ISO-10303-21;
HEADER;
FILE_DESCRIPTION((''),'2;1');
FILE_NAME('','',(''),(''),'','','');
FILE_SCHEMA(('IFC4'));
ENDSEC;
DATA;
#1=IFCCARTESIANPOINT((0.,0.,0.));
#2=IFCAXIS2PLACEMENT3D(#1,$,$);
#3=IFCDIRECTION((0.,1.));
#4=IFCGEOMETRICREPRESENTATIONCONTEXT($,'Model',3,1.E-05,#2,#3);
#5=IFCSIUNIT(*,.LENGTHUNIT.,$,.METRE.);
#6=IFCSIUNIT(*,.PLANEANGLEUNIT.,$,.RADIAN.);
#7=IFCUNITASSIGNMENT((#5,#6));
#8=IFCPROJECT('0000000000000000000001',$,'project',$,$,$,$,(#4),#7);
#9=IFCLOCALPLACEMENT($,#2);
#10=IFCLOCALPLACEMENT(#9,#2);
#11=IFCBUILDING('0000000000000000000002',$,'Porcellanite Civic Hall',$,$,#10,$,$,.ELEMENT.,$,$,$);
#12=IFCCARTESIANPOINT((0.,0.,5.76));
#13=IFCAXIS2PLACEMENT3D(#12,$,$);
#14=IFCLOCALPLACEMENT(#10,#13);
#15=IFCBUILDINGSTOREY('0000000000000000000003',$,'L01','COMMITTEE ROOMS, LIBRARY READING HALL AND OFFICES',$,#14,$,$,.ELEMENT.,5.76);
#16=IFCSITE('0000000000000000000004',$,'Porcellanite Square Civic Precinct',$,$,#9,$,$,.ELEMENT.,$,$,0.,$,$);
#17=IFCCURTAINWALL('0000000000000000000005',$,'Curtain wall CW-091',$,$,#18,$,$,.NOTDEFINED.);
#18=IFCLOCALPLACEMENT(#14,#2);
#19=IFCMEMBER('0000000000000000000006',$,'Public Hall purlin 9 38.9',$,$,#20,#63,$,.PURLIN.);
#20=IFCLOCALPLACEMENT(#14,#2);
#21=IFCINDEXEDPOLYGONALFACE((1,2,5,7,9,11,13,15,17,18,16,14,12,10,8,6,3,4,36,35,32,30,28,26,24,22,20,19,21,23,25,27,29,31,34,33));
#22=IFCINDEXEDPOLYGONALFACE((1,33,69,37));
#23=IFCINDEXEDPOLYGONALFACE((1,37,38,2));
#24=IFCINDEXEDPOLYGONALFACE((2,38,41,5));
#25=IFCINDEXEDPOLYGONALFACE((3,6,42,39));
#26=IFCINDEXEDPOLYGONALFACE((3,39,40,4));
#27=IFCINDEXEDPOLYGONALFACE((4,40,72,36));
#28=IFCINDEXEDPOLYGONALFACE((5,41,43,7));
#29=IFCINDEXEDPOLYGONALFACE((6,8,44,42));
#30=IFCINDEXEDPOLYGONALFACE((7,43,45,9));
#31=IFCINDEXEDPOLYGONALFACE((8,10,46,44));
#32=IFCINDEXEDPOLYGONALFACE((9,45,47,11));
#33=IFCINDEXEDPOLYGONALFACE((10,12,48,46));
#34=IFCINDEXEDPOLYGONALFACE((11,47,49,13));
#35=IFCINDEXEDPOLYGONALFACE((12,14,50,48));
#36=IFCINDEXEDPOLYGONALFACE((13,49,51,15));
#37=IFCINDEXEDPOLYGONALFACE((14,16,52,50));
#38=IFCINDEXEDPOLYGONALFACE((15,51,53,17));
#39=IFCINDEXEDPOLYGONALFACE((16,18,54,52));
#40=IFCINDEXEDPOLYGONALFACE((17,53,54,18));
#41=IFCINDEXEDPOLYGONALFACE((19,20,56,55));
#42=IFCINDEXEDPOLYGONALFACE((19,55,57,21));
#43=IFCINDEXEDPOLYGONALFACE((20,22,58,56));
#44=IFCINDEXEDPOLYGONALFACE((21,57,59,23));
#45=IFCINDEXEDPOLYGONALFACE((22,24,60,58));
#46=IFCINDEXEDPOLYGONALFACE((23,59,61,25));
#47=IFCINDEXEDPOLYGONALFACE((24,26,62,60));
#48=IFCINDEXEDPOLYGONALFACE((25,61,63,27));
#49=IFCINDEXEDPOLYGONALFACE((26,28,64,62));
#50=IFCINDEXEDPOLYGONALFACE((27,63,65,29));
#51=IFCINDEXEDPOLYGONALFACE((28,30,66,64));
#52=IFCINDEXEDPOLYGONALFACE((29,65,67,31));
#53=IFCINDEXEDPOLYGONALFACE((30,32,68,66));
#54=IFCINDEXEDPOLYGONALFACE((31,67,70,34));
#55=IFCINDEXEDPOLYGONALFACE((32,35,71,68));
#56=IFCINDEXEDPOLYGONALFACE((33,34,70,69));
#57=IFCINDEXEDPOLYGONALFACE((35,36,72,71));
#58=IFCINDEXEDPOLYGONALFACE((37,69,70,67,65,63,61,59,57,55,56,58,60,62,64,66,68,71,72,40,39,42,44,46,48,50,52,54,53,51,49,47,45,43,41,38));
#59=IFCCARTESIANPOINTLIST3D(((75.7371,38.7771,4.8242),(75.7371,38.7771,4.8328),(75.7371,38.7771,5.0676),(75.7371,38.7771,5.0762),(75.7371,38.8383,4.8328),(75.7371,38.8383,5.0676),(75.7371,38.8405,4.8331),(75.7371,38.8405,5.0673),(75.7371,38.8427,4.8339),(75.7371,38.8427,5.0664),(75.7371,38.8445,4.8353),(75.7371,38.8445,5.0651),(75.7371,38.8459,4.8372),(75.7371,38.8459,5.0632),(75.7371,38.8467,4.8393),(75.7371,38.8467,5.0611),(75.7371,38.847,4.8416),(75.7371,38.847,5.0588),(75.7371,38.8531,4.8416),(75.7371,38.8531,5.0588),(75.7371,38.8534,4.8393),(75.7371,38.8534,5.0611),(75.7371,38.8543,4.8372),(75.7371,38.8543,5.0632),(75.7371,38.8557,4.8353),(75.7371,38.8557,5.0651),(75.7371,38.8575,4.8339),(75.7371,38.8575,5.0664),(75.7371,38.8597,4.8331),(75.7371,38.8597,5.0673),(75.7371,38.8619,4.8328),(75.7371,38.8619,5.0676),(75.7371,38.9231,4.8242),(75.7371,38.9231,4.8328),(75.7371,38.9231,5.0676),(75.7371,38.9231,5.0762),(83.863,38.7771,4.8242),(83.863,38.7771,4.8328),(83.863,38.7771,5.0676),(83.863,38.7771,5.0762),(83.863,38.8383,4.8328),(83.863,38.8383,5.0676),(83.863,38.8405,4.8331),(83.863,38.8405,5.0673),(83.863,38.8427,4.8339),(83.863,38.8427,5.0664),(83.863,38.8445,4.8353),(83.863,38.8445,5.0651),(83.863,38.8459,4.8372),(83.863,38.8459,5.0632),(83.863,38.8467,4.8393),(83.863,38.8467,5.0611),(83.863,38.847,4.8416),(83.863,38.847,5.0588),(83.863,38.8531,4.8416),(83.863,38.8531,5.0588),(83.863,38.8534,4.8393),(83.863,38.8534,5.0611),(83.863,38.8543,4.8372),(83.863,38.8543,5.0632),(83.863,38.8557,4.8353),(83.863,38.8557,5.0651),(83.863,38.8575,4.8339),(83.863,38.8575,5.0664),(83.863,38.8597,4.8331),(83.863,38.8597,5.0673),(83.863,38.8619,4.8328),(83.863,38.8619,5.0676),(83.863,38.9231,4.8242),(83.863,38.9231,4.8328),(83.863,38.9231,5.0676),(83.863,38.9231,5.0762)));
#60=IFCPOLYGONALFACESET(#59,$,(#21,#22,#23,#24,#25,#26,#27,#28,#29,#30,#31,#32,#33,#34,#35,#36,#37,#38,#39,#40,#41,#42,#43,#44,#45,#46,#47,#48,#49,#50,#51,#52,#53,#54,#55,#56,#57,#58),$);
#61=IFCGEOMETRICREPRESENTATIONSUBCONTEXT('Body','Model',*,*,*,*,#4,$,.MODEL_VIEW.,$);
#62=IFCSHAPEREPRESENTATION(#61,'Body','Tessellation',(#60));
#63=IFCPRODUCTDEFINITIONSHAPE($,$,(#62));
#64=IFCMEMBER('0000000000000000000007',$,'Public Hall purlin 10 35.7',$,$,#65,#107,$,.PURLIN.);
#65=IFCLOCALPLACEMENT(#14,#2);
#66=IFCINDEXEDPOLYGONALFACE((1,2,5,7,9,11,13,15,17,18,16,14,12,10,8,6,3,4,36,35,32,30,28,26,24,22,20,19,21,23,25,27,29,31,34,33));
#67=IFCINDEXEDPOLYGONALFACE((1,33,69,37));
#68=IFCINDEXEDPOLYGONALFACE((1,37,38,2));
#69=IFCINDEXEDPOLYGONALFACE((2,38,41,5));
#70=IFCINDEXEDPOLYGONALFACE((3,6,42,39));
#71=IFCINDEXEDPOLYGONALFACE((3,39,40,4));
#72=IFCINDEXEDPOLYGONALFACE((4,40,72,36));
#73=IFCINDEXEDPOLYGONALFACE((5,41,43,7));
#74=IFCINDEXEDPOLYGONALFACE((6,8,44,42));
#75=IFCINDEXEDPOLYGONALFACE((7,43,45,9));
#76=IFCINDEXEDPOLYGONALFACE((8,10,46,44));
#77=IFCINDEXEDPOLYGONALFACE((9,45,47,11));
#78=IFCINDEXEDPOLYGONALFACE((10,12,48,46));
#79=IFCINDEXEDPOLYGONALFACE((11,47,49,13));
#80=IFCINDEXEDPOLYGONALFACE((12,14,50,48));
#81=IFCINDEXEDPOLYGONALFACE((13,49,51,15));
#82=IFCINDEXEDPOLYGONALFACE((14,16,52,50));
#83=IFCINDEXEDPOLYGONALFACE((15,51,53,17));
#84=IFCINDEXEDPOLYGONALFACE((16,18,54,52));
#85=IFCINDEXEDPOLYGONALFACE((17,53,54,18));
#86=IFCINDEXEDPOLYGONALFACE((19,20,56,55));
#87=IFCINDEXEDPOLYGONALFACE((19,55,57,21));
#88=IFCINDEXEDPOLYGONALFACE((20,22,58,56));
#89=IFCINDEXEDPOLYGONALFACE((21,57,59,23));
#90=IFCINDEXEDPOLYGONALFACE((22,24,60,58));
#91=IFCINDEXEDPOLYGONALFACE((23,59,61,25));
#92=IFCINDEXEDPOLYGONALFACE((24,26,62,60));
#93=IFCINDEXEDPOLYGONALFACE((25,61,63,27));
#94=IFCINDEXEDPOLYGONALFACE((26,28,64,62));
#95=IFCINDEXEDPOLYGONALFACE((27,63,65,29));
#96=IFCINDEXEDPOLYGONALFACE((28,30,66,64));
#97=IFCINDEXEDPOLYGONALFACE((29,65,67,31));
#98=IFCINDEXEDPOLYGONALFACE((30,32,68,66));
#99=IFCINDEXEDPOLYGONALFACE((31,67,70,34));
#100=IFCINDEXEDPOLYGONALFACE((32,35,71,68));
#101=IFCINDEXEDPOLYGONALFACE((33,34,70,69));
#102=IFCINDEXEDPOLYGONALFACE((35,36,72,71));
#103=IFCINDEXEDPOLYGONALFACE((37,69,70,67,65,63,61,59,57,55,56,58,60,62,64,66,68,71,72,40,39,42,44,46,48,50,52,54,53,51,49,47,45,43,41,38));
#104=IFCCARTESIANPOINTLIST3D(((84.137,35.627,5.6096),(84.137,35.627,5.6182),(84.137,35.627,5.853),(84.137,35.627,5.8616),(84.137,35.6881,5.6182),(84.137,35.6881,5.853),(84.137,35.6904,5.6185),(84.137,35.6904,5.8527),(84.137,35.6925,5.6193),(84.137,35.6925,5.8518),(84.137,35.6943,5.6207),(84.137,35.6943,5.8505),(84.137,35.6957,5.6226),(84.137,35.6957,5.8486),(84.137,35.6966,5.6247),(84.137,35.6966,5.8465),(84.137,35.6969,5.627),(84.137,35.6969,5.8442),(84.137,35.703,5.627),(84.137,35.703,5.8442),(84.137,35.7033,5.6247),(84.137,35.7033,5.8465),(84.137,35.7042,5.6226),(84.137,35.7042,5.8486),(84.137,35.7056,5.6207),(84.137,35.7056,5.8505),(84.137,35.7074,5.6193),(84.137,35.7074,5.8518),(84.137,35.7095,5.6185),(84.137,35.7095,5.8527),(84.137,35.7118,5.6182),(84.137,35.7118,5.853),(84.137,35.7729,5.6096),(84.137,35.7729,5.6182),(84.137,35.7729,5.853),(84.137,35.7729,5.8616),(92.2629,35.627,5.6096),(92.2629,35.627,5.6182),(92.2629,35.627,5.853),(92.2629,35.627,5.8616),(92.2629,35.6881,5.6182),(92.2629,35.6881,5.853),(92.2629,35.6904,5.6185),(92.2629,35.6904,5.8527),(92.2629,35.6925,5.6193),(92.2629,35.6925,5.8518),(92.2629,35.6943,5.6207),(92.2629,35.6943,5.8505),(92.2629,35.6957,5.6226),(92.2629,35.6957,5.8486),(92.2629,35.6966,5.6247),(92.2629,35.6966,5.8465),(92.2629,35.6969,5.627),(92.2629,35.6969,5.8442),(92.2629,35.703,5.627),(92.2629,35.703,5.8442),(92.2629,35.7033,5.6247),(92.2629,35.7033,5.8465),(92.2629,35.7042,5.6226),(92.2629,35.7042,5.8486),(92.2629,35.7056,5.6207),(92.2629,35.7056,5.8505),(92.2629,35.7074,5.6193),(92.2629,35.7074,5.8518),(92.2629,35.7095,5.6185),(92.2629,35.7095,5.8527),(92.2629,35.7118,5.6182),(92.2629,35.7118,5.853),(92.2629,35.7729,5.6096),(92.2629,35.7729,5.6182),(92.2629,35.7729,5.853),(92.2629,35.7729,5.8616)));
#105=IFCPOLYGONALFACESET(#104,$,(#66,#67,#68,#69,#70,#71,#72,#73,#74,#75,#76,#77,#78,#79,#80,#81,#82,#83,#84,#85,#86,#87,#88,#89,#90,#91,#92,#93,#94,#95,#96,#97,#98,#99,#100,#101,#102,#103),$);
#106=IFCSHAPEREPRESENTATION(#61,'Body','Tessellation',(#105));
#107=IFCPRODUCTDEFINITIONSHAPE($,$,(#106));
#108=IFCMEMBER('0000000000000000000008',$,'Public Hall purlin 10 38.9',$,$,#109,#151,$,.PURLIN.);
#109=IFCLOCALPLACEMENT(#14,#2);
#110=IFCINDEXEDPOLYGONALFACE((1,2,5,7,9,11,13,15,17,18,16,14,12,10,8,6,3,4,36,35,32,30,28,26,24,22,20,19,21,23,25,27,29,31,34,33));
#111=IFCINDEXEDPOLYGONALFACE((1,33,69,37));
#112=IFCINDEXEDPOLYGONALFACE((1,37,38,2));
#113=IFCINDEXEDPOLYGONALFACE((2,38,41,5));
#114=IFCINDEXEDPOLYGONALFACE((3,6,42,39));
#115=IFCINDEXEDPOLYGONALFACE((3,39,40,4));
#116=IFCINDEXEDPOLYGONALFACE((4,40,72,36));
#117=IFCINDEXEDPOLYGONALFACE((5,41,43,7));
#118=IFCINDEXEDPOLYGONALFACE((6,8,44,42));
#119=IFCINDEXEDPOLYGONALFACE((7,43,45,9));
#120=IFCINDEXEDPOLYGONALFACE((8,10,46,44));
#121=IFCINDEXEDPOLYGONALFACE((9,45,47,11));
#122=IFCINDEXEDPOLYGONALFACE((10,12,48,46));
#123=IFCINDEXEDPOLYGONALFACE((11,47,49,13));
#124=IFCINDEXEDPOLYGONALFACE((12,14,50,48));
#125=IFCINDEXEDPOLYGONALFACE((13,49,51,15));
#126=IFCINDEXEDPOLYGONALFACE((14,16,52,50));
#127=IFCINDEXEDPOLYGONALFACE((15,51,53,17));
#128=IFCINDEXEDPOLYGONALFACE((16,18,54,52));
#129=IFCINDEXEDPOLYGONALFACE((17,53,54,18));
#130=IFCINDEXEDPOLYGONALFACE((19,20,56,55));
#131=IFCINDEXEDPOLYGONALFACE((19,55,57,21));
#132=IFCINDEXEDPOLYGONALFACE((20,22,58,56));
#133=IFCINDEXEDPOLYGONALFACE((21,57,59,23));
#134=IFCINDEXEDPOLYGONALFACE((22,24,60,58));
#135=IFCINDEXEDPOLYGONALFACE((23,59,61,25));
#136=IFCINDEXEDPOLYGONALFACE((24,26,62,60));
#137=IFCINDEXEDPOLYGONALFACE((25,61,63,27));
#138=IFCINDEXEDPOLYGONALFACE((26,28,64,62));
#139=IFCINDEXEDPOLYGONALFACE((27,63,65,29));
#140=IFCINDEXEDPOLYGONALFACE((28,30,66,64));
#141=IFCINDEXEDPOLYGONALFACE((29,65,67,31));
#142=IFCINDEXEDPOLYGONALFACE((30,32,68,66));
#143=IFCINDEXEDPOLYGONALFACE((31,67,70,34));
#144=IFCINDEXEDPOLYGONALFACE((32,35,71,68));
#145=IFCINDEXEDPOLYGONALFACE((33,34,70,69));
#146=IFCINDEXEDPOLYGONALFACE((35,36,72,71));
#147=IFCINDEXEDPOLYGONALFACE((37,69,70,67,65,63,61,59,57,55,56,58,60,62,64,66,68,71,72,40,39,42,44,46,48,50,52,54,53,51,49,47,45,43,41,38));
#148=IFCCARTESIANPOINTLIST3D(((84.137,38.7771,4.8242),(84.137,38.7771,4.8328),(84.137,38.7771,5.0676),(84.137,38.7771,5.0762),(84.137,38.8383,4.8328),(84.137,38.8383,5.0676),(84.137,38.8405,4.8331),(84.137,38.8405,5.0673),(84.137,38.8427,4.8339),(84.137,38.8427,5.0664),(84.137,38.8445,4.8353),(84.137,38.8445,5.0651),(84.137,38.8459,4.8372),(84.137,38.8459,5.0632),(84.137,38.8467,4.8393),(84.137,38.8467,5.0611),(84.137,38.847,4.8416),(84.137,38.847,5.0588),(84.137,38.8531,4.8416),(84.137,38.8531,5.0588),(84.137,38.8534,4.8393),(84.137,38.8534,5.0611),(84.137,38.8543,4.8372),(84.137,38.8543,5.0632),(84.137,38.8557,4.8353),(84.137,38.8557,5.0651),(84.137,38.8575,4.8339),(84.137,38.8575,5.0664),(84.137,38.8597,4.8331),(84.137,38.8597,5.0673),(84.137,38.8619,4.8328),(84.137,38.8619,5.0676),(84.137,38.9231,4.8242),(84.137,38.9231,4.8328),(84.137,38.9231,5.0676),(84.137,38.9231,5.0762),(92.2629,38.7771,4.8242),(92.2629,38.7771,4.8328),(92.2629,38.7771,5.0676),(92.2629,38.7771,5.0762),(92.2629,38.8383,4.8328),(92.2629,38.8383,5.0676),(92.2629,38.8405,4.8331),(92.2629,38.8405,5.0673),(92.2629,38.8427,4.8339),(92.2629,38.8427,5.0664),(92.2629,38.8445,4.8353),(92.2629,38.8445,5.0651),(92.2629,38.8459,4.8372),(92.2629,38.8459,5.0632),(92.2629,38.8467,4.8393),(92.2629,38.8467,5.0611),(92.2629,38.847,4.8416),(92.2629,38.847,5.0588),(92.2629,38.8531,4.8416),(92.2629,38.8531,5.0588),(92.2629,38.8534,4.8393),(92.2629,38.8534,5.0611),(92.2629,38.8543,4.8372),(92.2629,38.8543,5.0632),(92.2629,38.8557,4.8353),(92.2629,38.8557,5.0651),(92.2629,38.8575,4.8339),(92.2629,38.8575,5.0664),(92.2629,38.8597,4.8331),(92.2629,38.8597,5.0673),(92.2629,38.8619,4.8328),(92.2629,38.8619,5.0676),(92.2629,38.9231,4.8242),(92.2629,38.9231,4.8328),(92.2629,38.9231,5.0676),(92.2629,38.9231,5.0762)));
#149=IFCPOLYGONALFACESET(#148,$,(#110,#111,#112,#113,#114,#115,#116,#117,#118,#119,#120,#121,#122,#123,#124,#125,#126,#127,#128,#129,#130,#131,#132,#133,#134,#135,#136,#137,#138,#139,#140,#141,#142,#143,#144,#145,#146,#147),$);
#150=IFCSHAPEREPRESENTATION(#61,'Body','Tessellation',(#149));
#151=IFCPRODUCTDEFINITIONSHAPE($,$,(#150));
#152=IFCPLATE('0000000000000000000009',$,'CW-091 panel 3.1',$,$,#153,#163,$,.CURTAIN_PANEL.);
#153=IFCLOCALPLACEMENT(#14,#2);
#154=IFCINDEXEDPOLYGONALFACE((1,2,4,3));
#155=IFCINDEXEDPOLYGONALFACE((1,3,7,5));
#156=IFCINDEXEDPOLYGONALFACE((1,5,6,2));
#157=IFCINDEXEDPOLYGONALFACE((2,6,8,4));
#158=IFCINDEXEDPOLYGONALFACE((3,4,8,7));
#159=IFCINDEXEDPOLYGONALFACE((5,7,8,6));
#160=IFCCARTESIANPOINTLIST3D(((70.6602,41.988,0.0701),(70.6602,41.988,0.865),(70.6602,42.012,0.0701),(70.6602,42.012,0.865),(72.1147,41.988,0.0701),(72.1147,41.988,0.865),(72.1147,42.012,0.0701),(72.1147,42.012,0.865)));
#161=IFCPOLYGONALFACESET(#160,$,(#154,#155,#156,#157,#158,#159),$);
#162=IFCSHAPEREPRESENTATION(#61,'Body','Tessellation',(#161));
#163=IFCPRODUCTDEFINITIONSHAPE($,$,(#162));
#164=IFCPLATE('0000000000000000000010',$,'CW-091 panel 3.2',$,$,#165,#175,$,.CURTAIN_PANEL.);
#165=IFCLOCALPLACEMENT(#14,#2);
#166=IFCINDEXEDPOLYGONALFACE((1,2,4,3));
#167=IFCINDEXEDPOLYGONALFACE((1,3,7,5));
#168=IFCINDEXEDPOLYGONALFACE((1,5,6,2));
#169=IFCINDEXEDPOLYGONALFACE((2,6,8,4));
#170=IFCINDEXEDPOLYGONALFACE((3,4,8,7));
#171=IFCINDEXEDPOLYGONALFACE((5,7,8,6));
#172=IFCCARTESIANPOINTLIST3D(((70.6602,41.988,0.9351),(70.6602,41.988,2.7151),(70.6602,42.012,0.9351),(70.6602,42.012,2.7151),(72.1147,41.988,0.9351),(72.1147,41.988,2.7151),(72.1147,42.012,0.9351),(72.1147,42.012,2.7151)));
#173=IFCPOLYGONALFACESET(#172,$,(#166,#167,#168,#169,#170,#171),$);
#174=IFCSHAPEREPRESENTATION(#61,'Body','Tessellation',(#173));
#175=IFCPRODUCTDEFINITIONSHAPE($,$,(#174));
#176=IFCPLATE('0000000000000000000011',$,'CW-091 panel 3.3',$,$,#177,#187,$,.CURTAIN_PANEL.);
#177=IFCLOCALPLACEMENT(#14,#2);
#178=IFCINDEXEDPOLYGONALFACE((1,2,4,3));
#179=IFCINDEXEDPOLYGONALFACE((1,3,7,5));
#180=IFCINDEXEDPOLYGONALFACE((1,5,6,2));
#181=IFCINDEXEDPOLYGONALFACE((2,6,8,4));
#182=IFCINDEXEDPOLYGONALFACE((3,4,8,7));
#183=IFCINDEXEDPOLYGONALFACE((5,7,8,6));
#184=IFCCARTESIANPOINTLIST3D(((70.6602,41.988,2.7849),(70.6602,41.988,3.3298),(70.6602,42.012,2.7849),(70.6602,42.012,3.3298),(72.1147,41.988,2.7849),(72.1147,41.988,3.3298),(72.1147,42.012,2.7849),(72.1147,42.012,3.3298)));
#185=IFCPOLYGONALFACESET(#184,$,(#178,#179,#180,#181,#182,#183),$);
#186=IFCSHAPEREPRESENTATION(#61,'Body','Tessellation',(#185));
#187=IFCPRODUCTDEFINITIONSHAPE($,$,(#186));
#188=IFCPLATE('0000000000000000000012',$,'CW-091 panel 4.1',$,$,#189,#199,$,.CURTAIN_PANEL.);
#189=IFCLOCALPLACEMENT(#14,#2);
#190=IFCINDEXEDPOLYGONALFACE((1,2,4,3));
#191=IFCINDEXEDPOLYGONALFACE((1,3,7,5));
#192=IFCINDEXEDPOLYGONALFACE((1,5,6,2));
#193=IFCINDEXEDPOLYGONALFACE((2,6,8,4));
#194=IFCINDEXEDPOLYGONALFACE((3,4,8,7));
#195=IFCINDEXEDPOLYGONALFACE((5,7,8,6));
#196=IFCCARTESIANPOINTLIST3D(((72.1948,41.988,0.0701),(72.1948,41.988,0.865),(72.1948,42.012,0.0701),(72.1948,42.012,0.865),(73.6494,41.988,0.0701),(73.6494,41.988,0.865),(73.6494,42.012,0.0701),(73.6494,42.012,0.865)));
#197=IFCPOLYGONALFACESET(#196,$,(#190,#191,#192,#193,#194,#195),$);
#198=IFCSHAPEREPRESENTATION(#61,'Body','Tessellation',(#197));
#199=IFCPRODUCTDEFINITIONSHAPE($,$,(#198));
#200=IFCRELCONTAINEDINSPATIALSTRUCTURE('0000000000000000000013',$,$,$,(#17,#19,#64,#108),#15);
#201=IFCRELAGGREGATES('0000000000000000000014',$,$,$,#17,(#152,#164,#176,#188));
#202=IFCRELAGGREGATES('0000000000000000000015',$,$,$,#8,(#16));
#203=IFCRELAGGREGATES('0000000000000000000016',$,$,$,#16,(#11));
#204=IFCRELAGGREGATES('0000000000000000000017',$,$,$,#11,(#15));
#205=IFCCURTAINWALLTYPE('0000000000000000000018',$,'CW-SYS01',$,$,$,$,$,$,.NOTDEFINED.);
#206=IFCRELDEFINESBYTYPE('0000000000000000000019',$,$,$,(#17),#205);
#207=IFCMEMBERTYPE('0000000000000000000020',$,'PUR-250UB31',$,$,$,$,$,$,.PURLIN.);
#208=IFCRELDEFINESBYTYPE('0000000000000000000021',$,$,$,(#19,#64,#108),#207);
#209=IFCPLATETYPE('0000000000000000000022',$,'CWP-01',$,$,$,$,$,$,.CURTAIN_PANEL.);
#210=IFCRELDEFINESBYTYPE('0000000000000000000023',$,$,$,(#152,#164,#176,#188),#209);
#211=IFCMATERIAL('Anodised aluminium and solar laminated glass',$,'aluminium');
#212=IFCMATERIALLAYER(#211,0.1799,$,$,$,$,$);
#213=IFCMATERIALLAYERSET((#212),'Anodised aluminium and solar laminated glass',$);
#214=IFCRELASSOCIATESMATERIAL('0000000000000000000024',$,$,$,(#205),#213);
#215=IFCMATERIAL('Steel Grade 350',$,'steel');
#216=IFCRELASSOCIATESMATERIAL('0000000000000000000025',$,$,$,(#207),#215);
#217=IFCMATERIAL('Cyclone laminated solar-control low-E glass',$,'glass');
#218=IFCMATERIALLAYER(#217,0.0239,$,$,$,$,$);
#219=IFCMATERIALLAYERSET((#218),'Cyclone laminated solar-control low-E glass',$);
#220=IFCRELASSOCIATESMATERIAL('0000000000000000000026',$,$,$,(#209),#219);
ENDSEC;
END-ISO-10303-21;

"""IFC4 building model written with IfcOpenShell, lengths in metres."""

from ifc_helpers import new_model, si_unit, direction, frame, origin, origin_2d, place, context, subcontext, project, spatial, rectangle, i_section, extrude, material, layer, layer_set, material_profile, profile_set, type_object, element, aggregate, save


model = new_model("IFC4")

# Units and contexts
model_context = context("Model", 3, precision=1e-05, world=origin(), true_north=direction((0.0, 1.0)))
body_context = subcontext(model_context, "Body", "Model", "MODEL_VIEW")
ifc_project = project(units=[si_unit("LENGTHUNIT", "METRE"), si_unit("PLANEANGLEUNIT", "RADIAN")], contexts=[model_context])

# Site, building, storey
site_placement = place(None, origin())
site = spatial("IfcSite", under=ifc_project, at=site_placement, Name="Porcellanite Square Civic Precinct", CompositionType="ELEMENT", RefElevation=0.0)
building_placement = place(site_placement, origin())
building = spatial("IfcBuilding", under=site, at=building_placement, Name="Porcellanite Civic Hall", CompositionType="ELEMENT")
storey_placement = place(building_placement, frame((0.0, 0.0, 5.76)))
storey = spatial("IfcBuildingStorey", under=building, at=storey_placement, Name="L01", Description="COMMITTEE ROOMS, LIBRARY READING HALL AND OFFICES", CompositionType="ELEMENT", Elevation=5.76)

# Curtain wall
ifc_material_1 = material(Name="Anodised aluminium and solar laminated glass", Category="aluminium")
ifc_layer_1 = layer(ifc_material_1, 0.1799)
ifc_layer_set_1 = layer_set([ifc_layer_1], Name="Anodised aluminium and solar laminated glass")
curtain_wall_type = type_object("IfcCurtainWallType", Name="CW-SYS01", PredefinedType="NOTDEFINED", material=ifc_layer_set_1)
curtain_wall_1_placement = place(storey_placement, origin())
curtain_wall_1 = element("IfcCurtainWall", 1, at=curtain_wall_1_placement, inside=storey, type_object=curtain_wall_type, Name="Curtain wall CW-091", PredefinedType="NOTDEFINED")

# Members
ifc_material_2 = material(Name="Steel Grade 350", Category="steel")
ifc_material_profile_1 = material_profile(ifc_material_2, i_section(OverallWidth=0.146, OverallDepth=0.252, WebThickness=0.0061, FlangeThickness=0.0085, FilletRadius=0.0088, at=origin_2d()), Name="250UB31.4")
ifc_profile_set_1 = profile_set([ifc_material_profile_1], Name="Steel Grade 350")
member_type_1 = type_object("IfcMemberType", Name="PUR-250UB31", PredefinedType="PURLIN", material=ifc_profile_set_1)
for number, where, z_axis, x_axis, name in (
    (2, (75.7371, 38.8501, 4.9502), (1.0, 0.0, 0.0), (0.0, 1.0, 0.0), "Public Hall purlin 9 38.9"),
    (3, (84.137, 35.7, 5.7356), (1.0, 0.0, 0.0), (0.0, 1.0, 0.0), "Public Hall purlin 10 35.7"),
    (4, (84.137, 38.8501, 4.9502), (1.0, 0.0, 0.0), (0.0, 1.0, 0.0), "Public Hall purlin 10 38.9"),
):
    element("IfcMember", number, at=place(storey_placement, frame(where, z_axis=z_axis, x_axis=x_axis)), inside=storey, type_object=member_type_1, Name=name, PredefinedType="PURLIN", context=body_context, shape_type="SweptSolid", body=[
        extrude(i_section(OverallWidth=0.146, OverallDepth=0.252, WebThickness=0.0061, FlangeThickness=0.0085, FilletRadius=0.0088, at=origin_2d()), origin(), (0.0, 0.0, 1.0), 8.126),
    ])

# Plates
ifc_material_3 = material(Name="Cyclone laminated solar-control low-E glass", Category="glass")
ifc_layer_2 = layer(ifc_material_3, 0.0239)
ifc_layer_set_2 = layer_set([ifc_layer_2], Name="Cyclone laminated solar-control low-E glass")
plate_type = type_object("IfcPlateType", Name="CWP-01", PredefinedType="CURTAIN_PANEL", material=ifc_layer_set_2)
plate_1_placement = place(storey_placement, frame((71.3875, 42.0, 0.0701), z_axis=(0.0, 0.0, 1.0), x_axis=(1.0, 0.0, 0.0)))
plate_1 = element("IfcPlate", 5, at=plate_1_placement, type_object=plate_type, Name="CW-091 panel 3.1", PredefinedType="CURTAIN_PANEL", context=body_context, shape_type="SweptSolid", body=[
    extrude(rectangle(XDim=1.4546, YDim=0.0239, at=origin_2d()), origin(), (0.0, 0.0, 1.0), 0.7949),
])
plate_2_placement = place(storey_placement, frame((71.3875, 42.0, 0.9351), z_axis=(0.0, 0.0, 1.0), x_axis=(1.0, 0.0, 0.0)))
plate_2 = element("IfcPlate", 6, at=plate_2_placement, type_object=plate_type, Name="CW-091 panel 3.2", PredefinedType="CURTAIN_PANEL", context=body_context, shape_type="SweptSolid", body=[
    extrude(rectangle(XDim=1.4546, YDim=0.0239, at=origin_2d()), origin(), (0.0, 0.0, 1.0), 1.78),
])
plate_3_placement = place(storey_placement, frame((71.3875, 42.0, 2.7849), z_axis=(0.0, 0.0, 1.0), x_axis=(1.0, 0.0, 0.0)))
plate_3 = element("IfcPlate", 7, at=plate_3_placement, type_object=plate_type, Name="CW-091 panel 3.3", PredefinedType="CURTAIN_PANEL", context=body_context, shape_type="SweptSolid", body=[
    extrude(rectangle(XDim=1.4546, YDim=0.0239, at=origin_2d()), origin(), (0.0, 0.0, 1.0), 0.5449),
])
plate_4_placement = place(storey_placement, frame((72.9221, 42.0, 0.0701), z_axis=(0.0, 0.0, 1.0), x_axis=(1.0, 0.0, 0.0)))
plate_4 = element("IfcPlate", 8, at=plate_4_placement, type_object=plate_type, Name="CW-091 panel 4.1", PredefinedType="CURTAIN_PANEL", context=body_context, shape_type="SweptSolid", body=[
    extrude(rectangle(XDim=1.4546, YDim=0.0239, at=origin_2d()), origin(), (0.0, 0.0, 1.0), 0.7949),
])
aggregate(curtain_wall_1, [plate_1, plate_2, plate_3, plate_4])

save(model, "model.ifc")
